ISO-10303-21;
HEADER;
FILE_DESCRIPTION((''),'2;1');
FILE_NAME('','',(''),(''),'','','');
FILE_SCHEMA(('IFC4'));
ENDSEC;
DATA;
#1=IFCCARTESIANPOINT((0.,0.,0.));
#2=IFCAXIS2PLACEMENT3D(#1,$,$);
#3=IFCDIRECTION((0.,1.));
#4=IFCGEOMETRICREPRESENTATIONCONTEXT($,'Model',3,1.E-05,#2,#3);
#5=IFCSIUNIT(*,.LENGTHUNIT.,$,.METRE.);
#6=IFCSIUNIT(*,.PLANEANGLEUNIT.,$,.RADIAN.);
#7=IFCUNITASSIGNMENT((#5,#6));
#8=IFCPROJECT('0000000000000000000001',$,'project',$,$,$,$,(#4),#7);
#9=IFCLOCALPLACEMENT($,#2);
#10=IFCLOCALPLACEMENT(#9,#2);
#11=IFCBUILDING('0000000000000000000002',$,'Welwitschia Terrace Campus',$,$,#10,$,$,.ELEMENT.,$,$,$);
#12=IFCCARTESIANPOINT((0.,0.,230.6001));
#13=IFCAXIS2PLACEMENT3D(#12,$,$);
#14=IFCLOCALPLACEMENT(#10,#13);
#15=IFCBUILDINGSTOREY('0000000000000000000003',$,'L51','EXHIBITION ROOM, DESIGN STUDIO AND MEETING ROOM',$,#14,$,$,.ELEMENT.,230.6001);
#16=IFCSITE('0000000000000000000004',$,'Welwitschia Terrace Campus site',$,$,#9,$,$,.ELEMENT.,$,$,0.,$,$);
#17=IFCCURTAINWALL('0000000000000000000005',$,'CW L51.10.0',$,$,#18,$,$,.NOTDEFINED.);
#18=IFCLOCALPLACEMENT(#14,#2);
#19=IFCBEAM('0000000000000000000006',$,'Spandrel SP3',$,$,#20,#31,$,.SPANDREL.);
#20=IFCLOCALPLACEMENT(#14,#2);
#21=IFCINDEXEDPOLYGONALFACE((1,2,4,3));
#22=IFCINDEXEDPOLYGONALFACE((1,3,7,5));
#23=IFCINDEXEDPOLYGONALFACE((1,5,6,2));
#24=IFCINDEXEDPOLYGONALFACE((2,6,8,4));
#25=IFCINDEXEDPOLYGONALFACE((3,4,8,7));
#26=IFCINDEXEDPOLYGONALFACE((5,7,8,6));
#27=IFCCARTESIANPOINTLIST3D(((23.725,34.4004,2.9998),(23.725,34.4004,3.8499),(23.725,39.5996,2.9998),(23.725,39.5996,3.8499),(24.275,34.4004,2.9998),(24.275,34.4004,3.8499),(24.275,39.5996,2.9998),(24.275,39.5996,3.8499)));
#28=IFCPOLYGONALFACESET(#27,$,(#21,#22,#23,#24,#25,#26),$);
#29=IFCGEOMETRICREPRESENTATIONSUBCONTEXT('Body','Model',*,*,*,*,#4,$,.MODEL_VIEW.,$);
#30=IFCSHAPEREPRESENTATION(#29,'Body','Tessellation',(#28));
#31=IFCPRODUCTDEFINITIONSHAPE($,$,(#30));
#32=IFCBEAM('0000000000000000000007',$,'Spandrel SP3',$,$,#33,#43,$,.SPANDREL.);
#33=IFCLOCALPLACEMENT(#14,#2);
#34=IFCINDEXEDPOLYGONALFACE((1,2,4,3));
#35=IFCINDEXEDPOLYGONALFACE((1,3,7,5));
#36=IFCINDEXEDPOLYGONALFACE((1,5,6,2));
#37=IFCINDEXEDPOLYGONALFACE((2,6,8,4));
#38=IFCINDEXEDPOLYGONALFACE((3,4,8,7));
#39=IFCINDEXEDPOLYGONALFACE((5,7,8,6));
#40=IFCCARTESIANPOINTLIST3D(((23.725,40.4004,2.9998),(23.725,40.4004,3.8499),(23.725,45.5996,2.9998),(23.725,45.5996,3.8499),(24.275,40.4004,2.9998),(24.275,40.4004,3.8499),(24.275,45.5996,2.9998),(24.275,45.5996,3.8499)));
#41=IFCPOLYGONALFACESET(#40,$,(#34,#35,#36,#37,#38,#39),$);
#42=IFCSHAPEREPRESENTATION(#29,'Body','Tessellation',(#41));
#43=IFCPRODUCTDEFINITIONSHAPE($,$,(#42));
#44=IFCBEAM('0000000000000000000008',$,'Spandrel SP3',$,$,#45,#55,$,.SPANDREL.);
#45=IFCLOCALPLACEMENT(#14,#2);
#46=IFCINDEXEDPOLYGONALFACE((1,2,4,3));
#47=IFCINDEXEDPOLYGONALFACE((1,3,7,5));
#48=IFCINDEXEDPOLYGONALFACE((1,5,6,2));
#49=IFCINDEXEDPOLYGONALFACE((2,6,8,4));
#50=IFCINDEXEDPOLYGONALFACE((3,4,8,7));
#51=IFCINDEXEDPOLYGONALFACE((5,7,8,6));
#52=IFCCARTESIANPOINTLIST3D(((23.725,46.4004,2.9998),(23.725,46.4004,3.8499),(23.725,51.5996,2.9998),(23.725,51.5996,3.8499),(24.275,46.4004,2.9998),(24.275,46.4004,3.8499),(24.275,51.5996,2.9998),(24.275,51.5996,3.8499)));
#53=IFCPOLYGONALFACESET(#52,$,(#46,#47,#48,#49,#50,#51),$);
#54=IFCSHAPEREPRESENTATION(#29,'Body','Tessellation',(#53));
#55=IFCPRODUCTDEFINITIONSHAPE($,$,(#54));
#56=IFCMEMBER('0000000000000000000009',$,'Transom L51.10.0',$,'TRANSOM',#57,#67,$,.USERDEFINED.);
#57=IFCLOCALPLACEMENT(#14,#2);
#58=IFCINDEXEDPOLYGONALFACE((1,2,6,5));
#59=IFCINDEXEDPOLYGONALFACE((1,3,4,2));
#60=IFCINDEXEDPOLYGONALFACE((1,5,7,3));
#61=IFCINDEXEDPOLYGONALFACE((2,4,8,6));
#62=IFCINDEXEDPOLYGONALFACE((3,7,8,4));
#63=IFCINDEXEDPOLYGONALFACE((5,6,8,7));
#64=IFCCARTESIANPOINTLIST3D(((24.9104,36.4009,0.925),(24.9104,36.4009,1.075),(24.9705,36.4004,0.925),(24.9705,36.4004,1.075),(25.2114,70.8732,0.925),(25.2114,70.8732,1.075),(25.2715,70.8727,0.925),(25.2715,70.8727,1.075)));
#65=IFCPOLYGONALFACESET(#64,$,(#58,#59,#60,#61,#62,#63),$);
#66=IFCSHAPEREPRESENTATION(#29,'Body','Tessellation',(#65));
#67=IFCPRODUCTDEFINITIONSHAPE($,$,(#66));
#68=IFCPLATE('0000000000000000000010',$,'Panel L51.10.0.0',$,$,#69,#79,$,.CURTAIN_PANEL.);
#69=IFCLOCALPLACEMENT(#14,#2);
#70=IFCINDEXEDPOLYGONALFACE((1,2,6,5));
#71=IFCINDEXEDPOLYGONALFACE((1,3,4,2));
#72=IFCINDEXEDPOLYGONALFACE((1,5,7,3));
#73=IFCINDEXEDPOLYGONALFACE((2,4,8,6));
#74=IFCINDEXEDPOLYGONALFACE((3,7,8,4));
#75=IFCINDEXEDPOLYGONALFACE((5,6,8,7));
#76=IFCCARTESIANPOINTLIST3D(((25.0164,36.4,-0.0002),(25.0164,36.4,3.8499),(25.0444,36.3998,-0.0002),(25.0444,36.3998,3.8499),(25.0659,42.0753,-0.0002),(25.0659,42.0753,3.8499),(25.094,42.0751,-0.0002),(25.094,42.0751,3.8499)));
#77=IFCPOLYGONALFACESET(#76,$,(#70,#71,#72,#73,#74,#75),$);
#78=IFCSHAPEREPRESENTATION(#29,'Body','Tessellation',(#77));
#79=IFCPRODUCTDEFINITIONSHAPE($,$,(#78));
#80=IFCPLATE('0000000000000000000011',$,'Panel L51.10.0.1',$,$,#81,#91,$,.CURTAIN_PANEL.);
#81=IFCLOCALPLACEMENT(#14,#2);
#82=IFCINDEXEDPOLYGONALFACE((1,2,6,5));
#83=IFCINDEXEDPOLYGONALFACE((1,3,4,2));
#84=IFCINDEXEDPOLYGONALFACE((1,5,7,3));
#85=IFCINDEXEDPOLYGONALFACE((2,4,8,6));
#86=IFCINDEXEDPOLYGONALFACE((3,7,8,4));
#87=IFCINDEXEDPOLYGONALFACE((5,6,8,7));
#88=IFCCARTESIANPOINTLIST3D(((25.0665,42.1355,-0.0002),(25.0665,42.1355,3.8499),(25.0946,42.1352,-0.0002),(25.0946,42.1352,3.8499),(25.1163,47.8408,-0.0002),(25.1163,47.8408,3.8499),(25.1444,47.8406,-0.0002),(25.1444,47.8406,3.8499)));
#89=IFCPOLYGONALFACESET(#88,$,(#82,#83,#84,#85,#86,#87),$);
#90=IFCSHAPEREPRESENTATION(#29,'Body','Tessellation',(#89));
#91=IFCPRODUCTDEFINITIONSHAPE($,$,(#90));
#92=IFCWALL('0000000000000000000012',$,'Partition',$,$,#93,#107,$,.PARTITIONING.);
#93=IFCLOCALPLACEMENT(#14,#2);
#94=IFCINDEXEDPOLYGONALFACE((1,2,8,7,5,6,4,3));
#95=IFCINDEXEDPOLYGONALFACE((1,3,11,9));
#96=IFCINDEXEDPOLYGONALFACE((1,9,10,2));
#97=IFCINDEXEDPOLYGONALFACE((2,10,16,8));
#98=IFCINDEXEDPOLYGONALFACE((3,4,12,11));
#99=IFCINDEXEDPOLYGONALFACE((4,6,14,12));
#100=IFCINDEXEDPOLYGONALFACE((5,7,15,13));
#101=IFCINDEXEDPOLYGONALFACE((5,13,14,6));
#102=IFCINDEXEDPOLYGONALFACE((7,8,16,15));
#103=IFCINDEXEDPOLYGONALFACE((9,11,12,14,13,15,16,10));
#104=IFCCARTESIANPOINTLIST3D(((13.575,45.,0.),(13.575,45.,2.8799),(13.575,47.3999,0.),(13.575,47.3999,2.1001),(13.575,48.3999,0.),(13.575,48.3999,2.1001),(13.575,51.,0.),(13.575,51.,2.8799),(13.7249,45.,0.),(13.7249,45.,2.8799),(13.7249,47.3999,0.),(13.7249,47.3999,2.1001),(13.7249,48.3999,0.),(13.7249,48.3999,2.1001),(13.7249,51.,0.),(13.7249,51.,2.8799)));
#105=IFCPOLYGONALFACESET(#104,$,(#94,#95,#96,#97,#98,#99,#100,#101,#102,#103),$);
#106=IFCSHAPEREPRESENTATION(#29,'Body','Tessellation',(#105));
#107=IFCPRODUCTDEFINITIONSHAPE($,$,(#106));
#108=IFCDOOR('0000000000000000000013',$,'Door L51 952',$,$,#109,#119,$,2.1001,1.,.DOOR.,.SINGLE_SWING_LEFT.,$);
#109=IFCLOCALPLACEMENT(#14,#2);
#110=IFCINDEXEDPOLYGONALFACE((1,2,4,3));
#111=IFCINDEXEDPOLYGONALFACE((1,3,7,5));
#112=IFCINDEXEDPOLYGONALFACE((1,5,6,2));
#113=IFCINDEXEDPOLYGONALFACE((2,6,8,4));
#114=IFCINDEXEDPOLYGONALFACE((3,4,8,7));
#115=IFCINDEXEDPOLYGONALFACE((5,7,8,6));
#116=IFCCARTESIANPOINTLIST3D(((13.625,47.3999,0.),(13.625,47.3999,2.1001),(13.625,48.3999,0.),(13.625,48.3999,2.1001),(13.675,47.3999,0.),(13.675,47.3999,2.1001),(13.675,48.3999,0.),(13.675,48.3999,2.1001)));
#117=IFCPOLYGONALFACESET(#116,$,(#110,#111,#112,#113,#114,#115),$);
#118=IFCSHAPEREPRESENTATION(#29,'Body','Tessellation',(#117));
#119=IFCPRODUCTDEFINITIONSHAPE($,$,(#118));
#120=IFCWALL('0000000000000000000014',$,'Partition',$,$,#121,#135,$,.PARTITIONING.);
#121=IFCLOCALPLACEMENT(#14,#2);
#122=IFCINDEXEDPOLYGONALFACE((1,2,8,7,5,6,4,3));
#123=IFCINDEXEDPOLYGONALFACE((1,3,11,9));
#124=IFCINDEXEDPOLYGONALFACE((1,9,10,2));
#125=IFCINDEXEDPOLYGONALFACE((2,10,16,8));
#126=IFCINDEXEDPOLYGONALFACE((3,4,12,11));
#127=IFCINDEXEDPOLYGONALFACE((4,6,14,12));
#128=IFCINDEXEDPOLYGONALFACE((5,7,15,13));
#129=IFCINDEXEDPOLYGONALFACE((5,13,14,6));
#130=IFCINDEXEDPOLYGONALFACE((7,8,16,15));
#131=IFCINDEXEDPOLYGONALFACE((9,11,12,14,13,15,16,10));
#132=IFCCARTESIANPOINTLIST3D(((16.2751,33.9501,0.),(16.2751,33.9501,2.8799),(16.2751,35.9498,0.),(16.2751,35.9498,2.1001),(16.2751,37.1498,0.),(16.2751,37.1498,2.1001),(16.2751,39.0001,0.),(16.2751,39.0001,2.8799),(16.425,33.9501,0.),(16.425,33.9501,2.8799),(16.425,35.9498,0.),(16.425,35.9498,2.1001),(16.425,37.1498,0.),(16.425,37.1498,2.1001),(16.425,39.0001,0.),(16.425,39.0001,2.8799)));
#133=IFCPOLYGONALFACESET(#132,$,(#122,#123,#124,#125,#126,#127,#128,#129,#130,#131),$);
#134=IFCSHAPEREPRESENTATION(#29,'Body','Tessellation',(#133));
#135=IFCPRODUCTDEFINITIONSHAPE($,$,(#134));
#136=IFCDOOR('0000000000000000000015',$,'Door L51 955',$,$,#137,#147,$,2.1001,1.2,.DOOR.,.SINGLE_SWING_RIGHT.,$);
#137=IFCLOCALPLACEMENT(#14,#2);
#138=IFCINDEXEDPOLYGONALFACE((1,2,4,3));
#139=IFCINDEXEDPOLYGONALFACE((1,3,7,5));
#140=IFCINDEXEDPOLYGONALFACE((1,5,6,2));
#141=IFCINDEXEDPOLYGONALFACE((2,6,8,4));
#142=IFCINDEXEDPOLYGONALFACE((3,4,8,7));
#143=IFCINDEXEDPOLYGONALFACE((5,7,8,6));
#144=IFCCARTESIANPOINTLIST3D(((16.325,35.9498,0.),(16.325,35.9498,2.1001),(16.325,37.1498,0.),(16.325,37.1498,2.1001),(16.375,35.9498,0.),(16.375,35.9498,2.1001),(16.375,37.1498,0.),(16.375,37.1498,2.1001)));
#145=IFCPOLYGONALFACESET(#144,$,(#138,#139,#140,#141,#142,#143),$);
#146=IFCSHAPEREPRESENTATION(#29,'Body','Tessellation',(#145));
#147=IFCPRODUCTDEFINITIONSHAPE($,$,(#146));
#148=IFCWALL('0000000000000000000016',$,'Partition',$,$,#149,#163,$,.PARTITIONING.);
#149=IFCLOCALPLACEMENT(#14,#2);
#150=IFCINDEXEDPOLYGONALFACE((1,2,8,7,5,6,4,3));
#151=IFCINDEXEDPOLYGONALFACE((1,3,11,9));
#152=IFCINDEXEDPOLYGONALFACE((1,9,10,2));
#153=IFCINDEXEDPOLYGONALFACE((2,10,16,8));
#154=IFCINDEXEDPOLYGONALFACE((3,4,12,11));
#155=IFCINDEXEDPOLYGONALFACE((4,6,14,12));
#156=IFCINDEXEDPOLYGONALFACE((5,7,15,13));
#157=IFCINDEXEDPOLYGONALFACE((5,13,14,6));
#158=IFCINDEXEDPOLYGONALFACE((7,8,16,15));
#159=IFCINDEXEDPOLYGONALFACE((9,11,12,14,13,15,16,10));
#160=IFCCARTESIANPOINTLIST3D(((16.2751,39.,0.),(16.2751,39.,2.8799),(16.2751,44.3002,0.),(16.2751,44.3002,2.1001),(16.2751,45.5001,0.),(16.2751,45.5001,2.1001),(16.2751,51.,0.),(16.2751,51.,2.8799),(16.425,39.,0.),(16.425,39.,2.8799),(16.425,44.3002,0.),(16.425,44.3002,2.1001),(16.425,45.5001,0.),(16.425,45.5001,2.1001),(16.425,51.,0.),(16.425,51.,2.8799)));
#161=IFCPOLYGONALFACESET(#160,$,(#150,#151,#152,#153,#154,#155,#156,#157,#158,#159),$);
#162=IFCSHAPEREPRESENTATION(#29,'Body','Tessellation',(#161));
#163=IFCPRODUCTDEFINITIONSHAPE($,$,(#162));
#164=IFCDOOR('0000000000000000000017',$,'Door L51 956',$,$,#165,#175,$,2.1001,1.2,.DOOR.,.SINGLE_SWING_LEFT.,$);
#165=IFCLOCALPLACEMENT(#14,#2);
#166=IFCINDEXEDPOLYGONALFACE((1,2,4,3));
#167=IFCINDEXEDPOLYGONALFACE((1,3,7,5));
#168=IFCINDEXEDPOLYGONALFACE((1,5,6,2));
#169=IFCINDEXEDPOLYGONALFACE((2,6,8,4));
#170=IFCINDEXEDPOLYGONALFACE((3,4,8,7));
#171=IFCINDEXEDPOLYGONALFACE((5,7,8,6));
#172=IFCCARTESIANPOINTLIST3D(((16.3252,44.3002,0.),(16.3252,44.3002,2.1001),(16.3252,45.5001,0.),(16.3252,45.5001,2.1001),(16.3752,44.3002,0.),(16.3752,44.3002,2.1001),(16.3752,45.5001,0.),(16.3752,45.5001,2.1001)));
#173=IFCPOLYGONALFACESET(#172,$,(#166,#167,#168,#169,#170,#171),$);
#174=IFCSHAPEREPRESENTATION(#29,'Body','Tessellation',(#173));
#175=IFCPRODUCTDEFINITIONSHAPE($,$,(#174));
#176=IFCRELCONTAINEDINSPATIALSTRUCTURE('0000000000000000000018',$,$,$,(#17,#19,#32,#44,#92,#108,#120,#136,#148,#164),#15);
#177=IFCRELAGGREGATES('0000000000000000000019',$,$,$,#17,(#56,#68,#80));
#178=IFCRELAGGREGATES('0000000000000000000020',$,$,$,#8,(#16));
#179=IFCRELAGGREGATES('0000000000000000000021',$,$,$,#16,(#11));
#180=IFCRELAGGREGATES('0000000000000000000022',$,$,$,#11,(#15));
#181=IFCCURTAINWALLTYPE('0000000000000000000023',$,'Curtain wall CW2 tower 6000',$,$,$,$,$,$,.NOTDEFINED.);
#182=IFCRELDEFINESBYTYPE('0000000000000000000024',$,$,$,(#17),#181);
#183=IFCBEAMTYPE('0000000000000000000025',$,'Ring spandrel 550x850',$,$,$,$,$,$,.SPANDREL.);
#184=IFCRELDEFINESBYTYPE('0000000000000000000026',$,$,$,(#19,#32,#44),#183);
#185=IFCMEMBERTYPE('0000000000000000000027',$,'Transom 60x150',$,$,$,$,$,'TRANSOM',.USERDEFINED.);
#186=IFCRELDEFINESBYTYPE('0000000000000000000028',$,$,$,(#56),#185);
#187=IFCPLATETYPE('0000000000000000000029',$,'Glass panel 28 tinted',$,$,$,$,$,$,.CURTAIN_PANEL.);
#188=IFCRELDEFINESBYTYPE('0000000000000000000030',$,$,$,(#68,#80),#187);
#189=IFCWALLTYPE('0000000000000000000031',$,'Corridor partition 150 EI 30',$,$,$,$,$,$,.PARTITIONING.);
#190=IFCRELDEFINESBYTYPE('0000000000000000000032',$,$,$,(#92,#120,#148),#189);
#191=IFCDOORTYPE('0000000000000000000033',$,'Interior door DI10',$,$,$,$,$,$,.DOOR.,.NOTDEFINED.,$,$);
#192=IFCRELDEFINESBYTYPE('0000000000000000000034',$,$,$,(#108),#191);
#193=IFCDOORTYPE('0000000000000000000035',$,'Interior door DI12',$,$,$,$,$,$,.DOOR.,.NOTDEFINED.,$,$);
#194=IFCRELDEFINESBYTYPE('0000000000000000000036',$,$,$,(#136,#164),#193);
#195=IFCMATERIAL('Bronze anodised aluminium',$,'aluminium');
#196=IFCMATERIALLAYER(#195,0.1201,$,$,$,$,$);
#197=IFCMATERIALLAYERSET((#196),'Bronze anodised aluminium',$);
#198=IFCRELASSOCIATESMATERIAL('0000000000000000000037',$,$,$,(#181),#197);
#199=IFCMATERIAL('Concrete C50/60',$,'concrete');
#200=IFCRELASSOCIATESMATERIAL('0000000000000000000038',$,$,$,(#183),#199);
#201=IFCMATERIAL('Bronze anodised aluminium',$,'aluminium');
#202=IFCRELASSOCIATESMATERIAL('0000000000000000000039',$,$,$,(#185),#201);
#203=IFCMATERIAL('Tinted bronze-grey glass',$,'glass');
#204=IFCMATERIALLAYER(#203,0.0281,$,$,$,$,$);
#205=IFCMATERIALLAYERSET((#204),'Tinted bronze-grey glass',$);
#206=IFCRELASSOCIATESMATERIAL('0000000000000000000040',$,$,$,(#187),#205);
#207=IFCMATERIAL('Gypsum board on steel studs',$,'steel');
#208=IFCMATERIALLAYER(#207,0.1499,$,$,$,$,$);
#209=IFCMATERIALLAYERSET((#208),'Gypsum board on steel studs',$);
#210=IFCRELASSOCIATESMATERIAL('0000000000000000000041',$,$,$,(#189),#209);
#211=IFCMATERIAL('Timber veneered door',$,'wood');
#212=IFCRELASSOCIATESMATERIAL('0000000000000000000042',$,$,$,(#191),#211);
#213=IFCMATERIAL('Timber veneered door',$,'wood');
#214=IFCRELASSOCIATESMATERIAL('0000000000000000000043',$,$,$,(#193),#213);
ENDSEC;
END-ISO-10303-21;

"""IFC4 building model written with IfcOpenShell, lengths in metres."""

from ifc_helpers import new_model, si_unit, direction, frame, frame_2d, origin, origin_2d, place, context, subcontext, project, spatial, rectangle, extrude, material, layer, layer_set, material_profile, profile_set, type_object, element, fill, aggregate, save


model = new_model("IFC4")

# Units and contexts
model_context = context("Model", 3, precision=1e-05, world=origin(), true_north=direction((0.0, 1.0)))
body_context = subcontext(model_context, "Body", "Model", "MODEL_VIEW")
ifc_project = project(units=[si_unit("LENGTHUNIT", "METRE"), si_unit("PLANEANGLEUNIT", "RADIAN")], contexts=[model_context])

# Site, building, storey
site_placement = place(None, origin())
site = spatial("IfcSite", under=ifc_project, at=site_placement, Name="Welwitschia Terrace Campus site", CompositionType="ELEMENT", RefElevation=0.0)
building_placement = place(site_placement, origin())
building = spatial("IfcBuilding", under=site, at=building_placement, Name="Welwitschia Terrace Campus", CompositionType="ELEMENT")
storey_placement = place(building_placement, frame((0.0, 0.0, 230.6001)))
storey = spatial("IfcBuildingStorey", under=building, at=storey_placement, Name="L51", Description="EXHIBITION ROOM, DESIGN STUDIO AND MEETING ROOM", CompositionType="ELEMENT", Elevation=230.6001)

# Shared definitions
ifc_material_1 = material(Name="Bronze anodised aluminium", Category="aluminium")
ifc_layer_1 = layer(ifc_material_1, 0.1201)
ifc_layer_set_1 = layer_set([ifc_layer_1], Name="Bronze anodised aluminium")
curtain_wall_type = type_object("IfcCurtainWallType", Name="Curtain wall CW2 tower 6000", PredefinedType="NOTDEFINED", material=ifc_layer_set_1)

# Curtain wall
curtain_wall_1_placement = place(storey_placement, origin())
curtain_wall_1 = element("IfcCurtainWall", 1, at=curtain_wall_1_placement, inside=storey, type_object=curtain_wall_type, Name="CW L51.10.0", PredefinedType="NOTDEFINED")

# Beams
ifc_material_2 = material(Name="Concrete C50/60", Category="concrete")
ifc_material_profile_1 = material_profile(ifc_material_2, rectangle(XDim=0.55, YDim=0.8501, at=origin_2d()))
ifc_profile_set_1 = profile_set([ifc_material_profile_1], Name="Concrete C50/60")
beam_type_1 = type_object("IfcBeamType", Name="Ring spandrel 550x850", PredefinedType="SPANDREL", material=ifc_profile_set_1)
for number, where, z_axis, x_axis, name in (
    (2, (24.0, 34.4004, 3.4248), (0.0, 1.0, 0.0), (-1.0, 0.0, 0.0), "Spandrel SP3"),
    (3, (24.0, 40.4004, 3.4248), (0.0, 1.0, 0.0), (-1.0, 0.0, 0.0), "Spandrel SP3"),
    (4, (24.0, 46.4004, 3.4248), (0.0, 1.0, 0.0), (-1.0, 0.0, 0.0), "Spandrel SP3"),
):
    element("IfcBeam", number, at=place(storey_placement, frame(where, z_axis=z_axis, x_axis=x_axis)), inside=storey, type_object=beam_type_1, Name=name, PredefinedType="SPANDREL", context=body_context, shape_type="SweptSolid", body=[
        extrude(rectangle(XDim=0.55, YDim=0.8501, at=origin_2d()), origin(), (0.0, 0.0, 1.0), 5.1992),
    ])

# Member
ifc_material_3 = material(Name="Bronze anodised aluminium", Category="aluminium")
ifc_material_profile_2 = material_profile(ifc_material_3, rectangle(XDim=0.0601, YDim=0.1499, at=origin_2d()))
ifc_profile_set_2 = profile_set([ifc_material_profile_2], Name="Bronze anodised aluminium")
member_type_1 = type_object("IfcMemberType", Name="Transom 60x150", ElementType="TRANSOM", PredefinedType="USERDEFINED", material=ifc_profile_set_2)
member_1_placement = place(storey_placement, frame((24.9404, 36.4006, 1.0), z_axis=(0.008732, 0.999962, 0.0), x_axis=(-0.999962, 0.008732, 0.0)))
member_1 = element("IfcMember", 5, at=member_1_placement, type_object=member_type_1, Name="Transom L51.10.0", ObjectType="TRANSOM", PredefinedType="USERDEFINED", context=body_context, shape_type="SweptSolid", body=[
    extrude(rectangle(XDim=0.0601, YDim=0.1499, at=origin_2d()), origin(), (0.0, 0.0, 1.0), 34.4736),
])

# Plates
ifc_material_4 = material(Name="Tinted bronze-grey glass", Category="glass")
ifc_layer_2 = layer(ifc_material_4, 0.0281)
ifc_layer_set_2 = layer_set([ifc_layer_2], Name="Tinted bronze-grey glass")
plate_type = type_object("IfcPlateType", Name="Glass panel 28 tinted", PredefinedType="CURTAIN_PANEL", material=ifc_layer_set_2)
plate_1_placement = place(storey_placement, frame((25.0552, 39.2375, -0.0002), z_axis=(0.0, 0.0, 1.0), x_axis=(0.008727, 0.999962, 0.0)))
plate_1 = element("IfcPlate", 6, at=plate_1_placement, type_object=plate_type, Name="Panel L51.10.0.0", PredefinedType="CURTAIN_PANEL", context=body_context, shape_type="SweptSolid", body=[
    extrude(rectangle(XDim=5.6755, YDim=0.0281, at=origin_2d()), origin(), (0.0, 0.0, 1.0), 3.8501),
])
plate_2_placement = place(storey_placement, frame((25.1055, 44.988, -0.0002), z_axis=(0.0, 0.0, 1.0), x_axis=(0.008727, 0.999962, 0.0)))
plate_2 = element("IfcPlate", 7, at=plate_2_placement, type_object=plate_type, Name="Panel L51.10.0.1", PredefinedType="CURTAIN_PANEL", context=body_context, shape_type="SweptSolid", body=[
    extrude(rectangle(XDim=5.7056, YDim=0.0281, at=origin_2d()), origin(), (0.0, 0.0, 1.0), 3.8501),
])
aggregate(curtain_wall_1, [member_1, plate_1, plate_2])

# Walls, openings, doors
ifc_material_5 = material(Name="Gypsum board on steel studs", Category="steel")
ifc_layer_3 = layer(ifc_material_5, 0.1499)
ifc_layer_set_3 = layer_set([ifc_layer_3], Name="Gypsum board on steel studs")
wall_type = type_object("IfcWallType", Name="Corridor partition 150 EI 30", PredefinedType="PARTITIONING", material=ifc_layer_set_3)
wall_1_placement = place(storey_placement, frame((13.6499, 45.0, 0.0), z_axis=(0.0, 0.0, 1.0), x_axis=(0.0, 1.0, 0.0)))
wall_1 = element("IfcWall", 8, at=wall_1_placement, inside=storey, type_object=wall_type, Name="Partition", PredefinedType="PARTITIONING", context=body_context, shape_type="SweptSolid", body=[
    extrude(rectangle(XDim=6.0, YDim=0.1499, at=frame_2d((3.0, 0.0))), origin(), (0.0, 0.0, 1.0), 2.8799),
])
opening_1_placement = place(wall_1_placement, frame((2.3999, 0.0, 0.0)))
opening_1 = element("IfcOpeningElement", 9, at=opening_1_placement, cuts=wall_1, PredefinedType="OPENING", context=body_context, shape_type="SweptSolid", body=[
    extrude(rectangle(XDim=1.0, YDim=2.1001, at=frame_2d((0.5, 1.05))), frame((0.0, 0.085, 0.0), z_axis=(0.0, -1.0, 0.0), x_axis=(1.0, 0.0, 0.0)), (0.0, 0.0, 1.0), 0.1699),
])
ifc_material_6 = material(Name="Timber veneered door", Category="wood")
door_type_1 = type_object("IfcDoorType", Name="Interior door DI10", OperationType="NOTDEFINED", PredefinedType="DOOR", material=ifc_material_6)
door_1_placement = place(opening_1_placement, origin())
door_1 = element("IfcDoor", 10, at=door_1_placement, inside=storey, type_object=door_type_1, Name="Door L51 952", OperationType="SINGLE_SWING_LEFT", OverallHeight=2.1001, OverallWidth=1.0, PredefinedType="DOOR", context=body_context, shape_type="SweptSolid", body=[
    extrude(rectangle(XDim=1.0, YDim=2.1001, at=frame_2d((0.5, 1.05))), frame((0.0, 0.0249, 0.0), z_axis=(0.0, -1.0, 0.0), x_axis=(1.0, 0.0, 0.0)), (0.0, 0.0, 1.0), 0.05),
])
fill(opening_1, door_1)
wall_2_placement = place(storey_placement, frame((16.3501, 39.0, 0.0), z_axis=(0.0, 0.0, 1.0), x_axis=(0.0, -1.0, 0.0)))
wall_2 = element("IfcWall", 11, at=wall_2_placement, inside=storey, type_object=wall_type, Name="Partition", PredefinedType="PARTITIONING", context=body_context, shape_type="SweptSolid", body=[
    extrude(rectangle(XDim=5.05, YDim=0.1499, at=frame_2d((2.5249, 0.0))), origin(), (0.0, 0.0, 1.0), 2.8799),
])
opening_2_placement = place(wall_2_placement, frame((1.8501, 0.0, 0.0)))
opening_2 = element("IfcOpeningElement", 12, at=opening_2_placement, cuts=wall_2, PredefinedType="OPENING", context=body_context, shape_type="SweptSolid", body=[
    extrude(rectangle(XDim=1.2, YDim=2.1001, at=frame_2d((0.6001, 1.05))), frame((0.0, 0.085, 0.0), z_axis=(0.0, -1.0, 0.0), x_axis=(1.0, 0.0, 0.0)), (0.0, 0.0, 1.0), 0.1699),
])
ifc_material_7 = material(Name="Timber veneered door", Category="wood")
door_type_2 = type_object("IfcDoorType", Name="Interior door DI12", OperationType="NOTDEFINED", PredefinedType="DOOR", material=ifc_material_7)
door_2_placement = place(opening_2_placement, origin())
door_2 = element("IfcDoor", 13, at=door_2_placement, inside=storey, type_object=door_type_2, Name="Door L51 955", OperationType="SINGLE_SWING_RIGHT", OverallHeight=2.1001, OverallWidth=1.2, PredefinedType="DOOR", context=body_context, shape_type="SweptSolid", body=[
    extrude(rectangle(XDim=1.2, YDim=2.1001, at=frame_2d((0.6001, 1.05))), frame((0.0, 0.0249, 0.0), z_axis=(0.0, -1.0, 0.0), x_axis=(1.0, 0.0, 0.0)), (0.0, 0.0, 1.0), 0.05),
])
fill(opening_2, door_2)
wall_3_placement = place(storey_placement, frame((16.3501, 39.0, 0.0), z_axis=(0.0, 0.0, 1.0), x_axis=(0.0, 1.0, 0.0)))
wall_3 = element("IfcWall", 14, at=wall_3_placement, inside=storey, type_object=wall_type, Name="Partition", PredefinedType="PARTITIONING", context=body_context, shape_type="SweptSolid", body=[
    extrude(rectangle(XDim=12.0, YDim=0.1499, at=frame_2d((6.0, 0.0))), origin(), (0.0, 0.0, 1.0), 2.8799),
])
opening_3_placement = place(wall_3_placement, frame((5.3, 0.0, 0.0)))
opening_3 = element("IfcOpeningElement", 15, at=opening_3_placement, cuts=wall_3, PredefinedType="OPENING", context=body_context, shape_type="SweptSolid", body=[
    extrude(rectangle(XDim=1.2, YDim=2.1001, at=frame_2d((0.6001, 1.05))), frame((0.0, 0.085, 0.0), z_axis=(0.0, -1.0, 0.0), x_axis=(1.0, 0.0, 0.0)), (0.0, 0.0, 1.0), 0.1699),
])
door_3_placement = place(opening_3_placement, origin())
door_3 = element("IfcDoor", 16, at=door_3_placement, inside=storey, type_object=door_type_2, Name="Door L51 956", OperationType="SINGLE_SWING_LEFT", OverallHeight=2.1001, OverallWidth=1.2, PredefinedType="DOOR", context=body_context, shape_type="SweptSolid", body=[
    extrude(rectangle(XDim=1.2, YDim=2.1001, at=frame_2d((0.6001, 1.05))), frame((0.0, 0.0249, 0.0), z_axis=(0.0, -1.0, 0.0), x_axis=(1.0, 0.0, 0.0)), (0.0, 0.0, 1.0), 0.05),
])
fill(opening_3, door_3)

save(model, "model.ifc")
